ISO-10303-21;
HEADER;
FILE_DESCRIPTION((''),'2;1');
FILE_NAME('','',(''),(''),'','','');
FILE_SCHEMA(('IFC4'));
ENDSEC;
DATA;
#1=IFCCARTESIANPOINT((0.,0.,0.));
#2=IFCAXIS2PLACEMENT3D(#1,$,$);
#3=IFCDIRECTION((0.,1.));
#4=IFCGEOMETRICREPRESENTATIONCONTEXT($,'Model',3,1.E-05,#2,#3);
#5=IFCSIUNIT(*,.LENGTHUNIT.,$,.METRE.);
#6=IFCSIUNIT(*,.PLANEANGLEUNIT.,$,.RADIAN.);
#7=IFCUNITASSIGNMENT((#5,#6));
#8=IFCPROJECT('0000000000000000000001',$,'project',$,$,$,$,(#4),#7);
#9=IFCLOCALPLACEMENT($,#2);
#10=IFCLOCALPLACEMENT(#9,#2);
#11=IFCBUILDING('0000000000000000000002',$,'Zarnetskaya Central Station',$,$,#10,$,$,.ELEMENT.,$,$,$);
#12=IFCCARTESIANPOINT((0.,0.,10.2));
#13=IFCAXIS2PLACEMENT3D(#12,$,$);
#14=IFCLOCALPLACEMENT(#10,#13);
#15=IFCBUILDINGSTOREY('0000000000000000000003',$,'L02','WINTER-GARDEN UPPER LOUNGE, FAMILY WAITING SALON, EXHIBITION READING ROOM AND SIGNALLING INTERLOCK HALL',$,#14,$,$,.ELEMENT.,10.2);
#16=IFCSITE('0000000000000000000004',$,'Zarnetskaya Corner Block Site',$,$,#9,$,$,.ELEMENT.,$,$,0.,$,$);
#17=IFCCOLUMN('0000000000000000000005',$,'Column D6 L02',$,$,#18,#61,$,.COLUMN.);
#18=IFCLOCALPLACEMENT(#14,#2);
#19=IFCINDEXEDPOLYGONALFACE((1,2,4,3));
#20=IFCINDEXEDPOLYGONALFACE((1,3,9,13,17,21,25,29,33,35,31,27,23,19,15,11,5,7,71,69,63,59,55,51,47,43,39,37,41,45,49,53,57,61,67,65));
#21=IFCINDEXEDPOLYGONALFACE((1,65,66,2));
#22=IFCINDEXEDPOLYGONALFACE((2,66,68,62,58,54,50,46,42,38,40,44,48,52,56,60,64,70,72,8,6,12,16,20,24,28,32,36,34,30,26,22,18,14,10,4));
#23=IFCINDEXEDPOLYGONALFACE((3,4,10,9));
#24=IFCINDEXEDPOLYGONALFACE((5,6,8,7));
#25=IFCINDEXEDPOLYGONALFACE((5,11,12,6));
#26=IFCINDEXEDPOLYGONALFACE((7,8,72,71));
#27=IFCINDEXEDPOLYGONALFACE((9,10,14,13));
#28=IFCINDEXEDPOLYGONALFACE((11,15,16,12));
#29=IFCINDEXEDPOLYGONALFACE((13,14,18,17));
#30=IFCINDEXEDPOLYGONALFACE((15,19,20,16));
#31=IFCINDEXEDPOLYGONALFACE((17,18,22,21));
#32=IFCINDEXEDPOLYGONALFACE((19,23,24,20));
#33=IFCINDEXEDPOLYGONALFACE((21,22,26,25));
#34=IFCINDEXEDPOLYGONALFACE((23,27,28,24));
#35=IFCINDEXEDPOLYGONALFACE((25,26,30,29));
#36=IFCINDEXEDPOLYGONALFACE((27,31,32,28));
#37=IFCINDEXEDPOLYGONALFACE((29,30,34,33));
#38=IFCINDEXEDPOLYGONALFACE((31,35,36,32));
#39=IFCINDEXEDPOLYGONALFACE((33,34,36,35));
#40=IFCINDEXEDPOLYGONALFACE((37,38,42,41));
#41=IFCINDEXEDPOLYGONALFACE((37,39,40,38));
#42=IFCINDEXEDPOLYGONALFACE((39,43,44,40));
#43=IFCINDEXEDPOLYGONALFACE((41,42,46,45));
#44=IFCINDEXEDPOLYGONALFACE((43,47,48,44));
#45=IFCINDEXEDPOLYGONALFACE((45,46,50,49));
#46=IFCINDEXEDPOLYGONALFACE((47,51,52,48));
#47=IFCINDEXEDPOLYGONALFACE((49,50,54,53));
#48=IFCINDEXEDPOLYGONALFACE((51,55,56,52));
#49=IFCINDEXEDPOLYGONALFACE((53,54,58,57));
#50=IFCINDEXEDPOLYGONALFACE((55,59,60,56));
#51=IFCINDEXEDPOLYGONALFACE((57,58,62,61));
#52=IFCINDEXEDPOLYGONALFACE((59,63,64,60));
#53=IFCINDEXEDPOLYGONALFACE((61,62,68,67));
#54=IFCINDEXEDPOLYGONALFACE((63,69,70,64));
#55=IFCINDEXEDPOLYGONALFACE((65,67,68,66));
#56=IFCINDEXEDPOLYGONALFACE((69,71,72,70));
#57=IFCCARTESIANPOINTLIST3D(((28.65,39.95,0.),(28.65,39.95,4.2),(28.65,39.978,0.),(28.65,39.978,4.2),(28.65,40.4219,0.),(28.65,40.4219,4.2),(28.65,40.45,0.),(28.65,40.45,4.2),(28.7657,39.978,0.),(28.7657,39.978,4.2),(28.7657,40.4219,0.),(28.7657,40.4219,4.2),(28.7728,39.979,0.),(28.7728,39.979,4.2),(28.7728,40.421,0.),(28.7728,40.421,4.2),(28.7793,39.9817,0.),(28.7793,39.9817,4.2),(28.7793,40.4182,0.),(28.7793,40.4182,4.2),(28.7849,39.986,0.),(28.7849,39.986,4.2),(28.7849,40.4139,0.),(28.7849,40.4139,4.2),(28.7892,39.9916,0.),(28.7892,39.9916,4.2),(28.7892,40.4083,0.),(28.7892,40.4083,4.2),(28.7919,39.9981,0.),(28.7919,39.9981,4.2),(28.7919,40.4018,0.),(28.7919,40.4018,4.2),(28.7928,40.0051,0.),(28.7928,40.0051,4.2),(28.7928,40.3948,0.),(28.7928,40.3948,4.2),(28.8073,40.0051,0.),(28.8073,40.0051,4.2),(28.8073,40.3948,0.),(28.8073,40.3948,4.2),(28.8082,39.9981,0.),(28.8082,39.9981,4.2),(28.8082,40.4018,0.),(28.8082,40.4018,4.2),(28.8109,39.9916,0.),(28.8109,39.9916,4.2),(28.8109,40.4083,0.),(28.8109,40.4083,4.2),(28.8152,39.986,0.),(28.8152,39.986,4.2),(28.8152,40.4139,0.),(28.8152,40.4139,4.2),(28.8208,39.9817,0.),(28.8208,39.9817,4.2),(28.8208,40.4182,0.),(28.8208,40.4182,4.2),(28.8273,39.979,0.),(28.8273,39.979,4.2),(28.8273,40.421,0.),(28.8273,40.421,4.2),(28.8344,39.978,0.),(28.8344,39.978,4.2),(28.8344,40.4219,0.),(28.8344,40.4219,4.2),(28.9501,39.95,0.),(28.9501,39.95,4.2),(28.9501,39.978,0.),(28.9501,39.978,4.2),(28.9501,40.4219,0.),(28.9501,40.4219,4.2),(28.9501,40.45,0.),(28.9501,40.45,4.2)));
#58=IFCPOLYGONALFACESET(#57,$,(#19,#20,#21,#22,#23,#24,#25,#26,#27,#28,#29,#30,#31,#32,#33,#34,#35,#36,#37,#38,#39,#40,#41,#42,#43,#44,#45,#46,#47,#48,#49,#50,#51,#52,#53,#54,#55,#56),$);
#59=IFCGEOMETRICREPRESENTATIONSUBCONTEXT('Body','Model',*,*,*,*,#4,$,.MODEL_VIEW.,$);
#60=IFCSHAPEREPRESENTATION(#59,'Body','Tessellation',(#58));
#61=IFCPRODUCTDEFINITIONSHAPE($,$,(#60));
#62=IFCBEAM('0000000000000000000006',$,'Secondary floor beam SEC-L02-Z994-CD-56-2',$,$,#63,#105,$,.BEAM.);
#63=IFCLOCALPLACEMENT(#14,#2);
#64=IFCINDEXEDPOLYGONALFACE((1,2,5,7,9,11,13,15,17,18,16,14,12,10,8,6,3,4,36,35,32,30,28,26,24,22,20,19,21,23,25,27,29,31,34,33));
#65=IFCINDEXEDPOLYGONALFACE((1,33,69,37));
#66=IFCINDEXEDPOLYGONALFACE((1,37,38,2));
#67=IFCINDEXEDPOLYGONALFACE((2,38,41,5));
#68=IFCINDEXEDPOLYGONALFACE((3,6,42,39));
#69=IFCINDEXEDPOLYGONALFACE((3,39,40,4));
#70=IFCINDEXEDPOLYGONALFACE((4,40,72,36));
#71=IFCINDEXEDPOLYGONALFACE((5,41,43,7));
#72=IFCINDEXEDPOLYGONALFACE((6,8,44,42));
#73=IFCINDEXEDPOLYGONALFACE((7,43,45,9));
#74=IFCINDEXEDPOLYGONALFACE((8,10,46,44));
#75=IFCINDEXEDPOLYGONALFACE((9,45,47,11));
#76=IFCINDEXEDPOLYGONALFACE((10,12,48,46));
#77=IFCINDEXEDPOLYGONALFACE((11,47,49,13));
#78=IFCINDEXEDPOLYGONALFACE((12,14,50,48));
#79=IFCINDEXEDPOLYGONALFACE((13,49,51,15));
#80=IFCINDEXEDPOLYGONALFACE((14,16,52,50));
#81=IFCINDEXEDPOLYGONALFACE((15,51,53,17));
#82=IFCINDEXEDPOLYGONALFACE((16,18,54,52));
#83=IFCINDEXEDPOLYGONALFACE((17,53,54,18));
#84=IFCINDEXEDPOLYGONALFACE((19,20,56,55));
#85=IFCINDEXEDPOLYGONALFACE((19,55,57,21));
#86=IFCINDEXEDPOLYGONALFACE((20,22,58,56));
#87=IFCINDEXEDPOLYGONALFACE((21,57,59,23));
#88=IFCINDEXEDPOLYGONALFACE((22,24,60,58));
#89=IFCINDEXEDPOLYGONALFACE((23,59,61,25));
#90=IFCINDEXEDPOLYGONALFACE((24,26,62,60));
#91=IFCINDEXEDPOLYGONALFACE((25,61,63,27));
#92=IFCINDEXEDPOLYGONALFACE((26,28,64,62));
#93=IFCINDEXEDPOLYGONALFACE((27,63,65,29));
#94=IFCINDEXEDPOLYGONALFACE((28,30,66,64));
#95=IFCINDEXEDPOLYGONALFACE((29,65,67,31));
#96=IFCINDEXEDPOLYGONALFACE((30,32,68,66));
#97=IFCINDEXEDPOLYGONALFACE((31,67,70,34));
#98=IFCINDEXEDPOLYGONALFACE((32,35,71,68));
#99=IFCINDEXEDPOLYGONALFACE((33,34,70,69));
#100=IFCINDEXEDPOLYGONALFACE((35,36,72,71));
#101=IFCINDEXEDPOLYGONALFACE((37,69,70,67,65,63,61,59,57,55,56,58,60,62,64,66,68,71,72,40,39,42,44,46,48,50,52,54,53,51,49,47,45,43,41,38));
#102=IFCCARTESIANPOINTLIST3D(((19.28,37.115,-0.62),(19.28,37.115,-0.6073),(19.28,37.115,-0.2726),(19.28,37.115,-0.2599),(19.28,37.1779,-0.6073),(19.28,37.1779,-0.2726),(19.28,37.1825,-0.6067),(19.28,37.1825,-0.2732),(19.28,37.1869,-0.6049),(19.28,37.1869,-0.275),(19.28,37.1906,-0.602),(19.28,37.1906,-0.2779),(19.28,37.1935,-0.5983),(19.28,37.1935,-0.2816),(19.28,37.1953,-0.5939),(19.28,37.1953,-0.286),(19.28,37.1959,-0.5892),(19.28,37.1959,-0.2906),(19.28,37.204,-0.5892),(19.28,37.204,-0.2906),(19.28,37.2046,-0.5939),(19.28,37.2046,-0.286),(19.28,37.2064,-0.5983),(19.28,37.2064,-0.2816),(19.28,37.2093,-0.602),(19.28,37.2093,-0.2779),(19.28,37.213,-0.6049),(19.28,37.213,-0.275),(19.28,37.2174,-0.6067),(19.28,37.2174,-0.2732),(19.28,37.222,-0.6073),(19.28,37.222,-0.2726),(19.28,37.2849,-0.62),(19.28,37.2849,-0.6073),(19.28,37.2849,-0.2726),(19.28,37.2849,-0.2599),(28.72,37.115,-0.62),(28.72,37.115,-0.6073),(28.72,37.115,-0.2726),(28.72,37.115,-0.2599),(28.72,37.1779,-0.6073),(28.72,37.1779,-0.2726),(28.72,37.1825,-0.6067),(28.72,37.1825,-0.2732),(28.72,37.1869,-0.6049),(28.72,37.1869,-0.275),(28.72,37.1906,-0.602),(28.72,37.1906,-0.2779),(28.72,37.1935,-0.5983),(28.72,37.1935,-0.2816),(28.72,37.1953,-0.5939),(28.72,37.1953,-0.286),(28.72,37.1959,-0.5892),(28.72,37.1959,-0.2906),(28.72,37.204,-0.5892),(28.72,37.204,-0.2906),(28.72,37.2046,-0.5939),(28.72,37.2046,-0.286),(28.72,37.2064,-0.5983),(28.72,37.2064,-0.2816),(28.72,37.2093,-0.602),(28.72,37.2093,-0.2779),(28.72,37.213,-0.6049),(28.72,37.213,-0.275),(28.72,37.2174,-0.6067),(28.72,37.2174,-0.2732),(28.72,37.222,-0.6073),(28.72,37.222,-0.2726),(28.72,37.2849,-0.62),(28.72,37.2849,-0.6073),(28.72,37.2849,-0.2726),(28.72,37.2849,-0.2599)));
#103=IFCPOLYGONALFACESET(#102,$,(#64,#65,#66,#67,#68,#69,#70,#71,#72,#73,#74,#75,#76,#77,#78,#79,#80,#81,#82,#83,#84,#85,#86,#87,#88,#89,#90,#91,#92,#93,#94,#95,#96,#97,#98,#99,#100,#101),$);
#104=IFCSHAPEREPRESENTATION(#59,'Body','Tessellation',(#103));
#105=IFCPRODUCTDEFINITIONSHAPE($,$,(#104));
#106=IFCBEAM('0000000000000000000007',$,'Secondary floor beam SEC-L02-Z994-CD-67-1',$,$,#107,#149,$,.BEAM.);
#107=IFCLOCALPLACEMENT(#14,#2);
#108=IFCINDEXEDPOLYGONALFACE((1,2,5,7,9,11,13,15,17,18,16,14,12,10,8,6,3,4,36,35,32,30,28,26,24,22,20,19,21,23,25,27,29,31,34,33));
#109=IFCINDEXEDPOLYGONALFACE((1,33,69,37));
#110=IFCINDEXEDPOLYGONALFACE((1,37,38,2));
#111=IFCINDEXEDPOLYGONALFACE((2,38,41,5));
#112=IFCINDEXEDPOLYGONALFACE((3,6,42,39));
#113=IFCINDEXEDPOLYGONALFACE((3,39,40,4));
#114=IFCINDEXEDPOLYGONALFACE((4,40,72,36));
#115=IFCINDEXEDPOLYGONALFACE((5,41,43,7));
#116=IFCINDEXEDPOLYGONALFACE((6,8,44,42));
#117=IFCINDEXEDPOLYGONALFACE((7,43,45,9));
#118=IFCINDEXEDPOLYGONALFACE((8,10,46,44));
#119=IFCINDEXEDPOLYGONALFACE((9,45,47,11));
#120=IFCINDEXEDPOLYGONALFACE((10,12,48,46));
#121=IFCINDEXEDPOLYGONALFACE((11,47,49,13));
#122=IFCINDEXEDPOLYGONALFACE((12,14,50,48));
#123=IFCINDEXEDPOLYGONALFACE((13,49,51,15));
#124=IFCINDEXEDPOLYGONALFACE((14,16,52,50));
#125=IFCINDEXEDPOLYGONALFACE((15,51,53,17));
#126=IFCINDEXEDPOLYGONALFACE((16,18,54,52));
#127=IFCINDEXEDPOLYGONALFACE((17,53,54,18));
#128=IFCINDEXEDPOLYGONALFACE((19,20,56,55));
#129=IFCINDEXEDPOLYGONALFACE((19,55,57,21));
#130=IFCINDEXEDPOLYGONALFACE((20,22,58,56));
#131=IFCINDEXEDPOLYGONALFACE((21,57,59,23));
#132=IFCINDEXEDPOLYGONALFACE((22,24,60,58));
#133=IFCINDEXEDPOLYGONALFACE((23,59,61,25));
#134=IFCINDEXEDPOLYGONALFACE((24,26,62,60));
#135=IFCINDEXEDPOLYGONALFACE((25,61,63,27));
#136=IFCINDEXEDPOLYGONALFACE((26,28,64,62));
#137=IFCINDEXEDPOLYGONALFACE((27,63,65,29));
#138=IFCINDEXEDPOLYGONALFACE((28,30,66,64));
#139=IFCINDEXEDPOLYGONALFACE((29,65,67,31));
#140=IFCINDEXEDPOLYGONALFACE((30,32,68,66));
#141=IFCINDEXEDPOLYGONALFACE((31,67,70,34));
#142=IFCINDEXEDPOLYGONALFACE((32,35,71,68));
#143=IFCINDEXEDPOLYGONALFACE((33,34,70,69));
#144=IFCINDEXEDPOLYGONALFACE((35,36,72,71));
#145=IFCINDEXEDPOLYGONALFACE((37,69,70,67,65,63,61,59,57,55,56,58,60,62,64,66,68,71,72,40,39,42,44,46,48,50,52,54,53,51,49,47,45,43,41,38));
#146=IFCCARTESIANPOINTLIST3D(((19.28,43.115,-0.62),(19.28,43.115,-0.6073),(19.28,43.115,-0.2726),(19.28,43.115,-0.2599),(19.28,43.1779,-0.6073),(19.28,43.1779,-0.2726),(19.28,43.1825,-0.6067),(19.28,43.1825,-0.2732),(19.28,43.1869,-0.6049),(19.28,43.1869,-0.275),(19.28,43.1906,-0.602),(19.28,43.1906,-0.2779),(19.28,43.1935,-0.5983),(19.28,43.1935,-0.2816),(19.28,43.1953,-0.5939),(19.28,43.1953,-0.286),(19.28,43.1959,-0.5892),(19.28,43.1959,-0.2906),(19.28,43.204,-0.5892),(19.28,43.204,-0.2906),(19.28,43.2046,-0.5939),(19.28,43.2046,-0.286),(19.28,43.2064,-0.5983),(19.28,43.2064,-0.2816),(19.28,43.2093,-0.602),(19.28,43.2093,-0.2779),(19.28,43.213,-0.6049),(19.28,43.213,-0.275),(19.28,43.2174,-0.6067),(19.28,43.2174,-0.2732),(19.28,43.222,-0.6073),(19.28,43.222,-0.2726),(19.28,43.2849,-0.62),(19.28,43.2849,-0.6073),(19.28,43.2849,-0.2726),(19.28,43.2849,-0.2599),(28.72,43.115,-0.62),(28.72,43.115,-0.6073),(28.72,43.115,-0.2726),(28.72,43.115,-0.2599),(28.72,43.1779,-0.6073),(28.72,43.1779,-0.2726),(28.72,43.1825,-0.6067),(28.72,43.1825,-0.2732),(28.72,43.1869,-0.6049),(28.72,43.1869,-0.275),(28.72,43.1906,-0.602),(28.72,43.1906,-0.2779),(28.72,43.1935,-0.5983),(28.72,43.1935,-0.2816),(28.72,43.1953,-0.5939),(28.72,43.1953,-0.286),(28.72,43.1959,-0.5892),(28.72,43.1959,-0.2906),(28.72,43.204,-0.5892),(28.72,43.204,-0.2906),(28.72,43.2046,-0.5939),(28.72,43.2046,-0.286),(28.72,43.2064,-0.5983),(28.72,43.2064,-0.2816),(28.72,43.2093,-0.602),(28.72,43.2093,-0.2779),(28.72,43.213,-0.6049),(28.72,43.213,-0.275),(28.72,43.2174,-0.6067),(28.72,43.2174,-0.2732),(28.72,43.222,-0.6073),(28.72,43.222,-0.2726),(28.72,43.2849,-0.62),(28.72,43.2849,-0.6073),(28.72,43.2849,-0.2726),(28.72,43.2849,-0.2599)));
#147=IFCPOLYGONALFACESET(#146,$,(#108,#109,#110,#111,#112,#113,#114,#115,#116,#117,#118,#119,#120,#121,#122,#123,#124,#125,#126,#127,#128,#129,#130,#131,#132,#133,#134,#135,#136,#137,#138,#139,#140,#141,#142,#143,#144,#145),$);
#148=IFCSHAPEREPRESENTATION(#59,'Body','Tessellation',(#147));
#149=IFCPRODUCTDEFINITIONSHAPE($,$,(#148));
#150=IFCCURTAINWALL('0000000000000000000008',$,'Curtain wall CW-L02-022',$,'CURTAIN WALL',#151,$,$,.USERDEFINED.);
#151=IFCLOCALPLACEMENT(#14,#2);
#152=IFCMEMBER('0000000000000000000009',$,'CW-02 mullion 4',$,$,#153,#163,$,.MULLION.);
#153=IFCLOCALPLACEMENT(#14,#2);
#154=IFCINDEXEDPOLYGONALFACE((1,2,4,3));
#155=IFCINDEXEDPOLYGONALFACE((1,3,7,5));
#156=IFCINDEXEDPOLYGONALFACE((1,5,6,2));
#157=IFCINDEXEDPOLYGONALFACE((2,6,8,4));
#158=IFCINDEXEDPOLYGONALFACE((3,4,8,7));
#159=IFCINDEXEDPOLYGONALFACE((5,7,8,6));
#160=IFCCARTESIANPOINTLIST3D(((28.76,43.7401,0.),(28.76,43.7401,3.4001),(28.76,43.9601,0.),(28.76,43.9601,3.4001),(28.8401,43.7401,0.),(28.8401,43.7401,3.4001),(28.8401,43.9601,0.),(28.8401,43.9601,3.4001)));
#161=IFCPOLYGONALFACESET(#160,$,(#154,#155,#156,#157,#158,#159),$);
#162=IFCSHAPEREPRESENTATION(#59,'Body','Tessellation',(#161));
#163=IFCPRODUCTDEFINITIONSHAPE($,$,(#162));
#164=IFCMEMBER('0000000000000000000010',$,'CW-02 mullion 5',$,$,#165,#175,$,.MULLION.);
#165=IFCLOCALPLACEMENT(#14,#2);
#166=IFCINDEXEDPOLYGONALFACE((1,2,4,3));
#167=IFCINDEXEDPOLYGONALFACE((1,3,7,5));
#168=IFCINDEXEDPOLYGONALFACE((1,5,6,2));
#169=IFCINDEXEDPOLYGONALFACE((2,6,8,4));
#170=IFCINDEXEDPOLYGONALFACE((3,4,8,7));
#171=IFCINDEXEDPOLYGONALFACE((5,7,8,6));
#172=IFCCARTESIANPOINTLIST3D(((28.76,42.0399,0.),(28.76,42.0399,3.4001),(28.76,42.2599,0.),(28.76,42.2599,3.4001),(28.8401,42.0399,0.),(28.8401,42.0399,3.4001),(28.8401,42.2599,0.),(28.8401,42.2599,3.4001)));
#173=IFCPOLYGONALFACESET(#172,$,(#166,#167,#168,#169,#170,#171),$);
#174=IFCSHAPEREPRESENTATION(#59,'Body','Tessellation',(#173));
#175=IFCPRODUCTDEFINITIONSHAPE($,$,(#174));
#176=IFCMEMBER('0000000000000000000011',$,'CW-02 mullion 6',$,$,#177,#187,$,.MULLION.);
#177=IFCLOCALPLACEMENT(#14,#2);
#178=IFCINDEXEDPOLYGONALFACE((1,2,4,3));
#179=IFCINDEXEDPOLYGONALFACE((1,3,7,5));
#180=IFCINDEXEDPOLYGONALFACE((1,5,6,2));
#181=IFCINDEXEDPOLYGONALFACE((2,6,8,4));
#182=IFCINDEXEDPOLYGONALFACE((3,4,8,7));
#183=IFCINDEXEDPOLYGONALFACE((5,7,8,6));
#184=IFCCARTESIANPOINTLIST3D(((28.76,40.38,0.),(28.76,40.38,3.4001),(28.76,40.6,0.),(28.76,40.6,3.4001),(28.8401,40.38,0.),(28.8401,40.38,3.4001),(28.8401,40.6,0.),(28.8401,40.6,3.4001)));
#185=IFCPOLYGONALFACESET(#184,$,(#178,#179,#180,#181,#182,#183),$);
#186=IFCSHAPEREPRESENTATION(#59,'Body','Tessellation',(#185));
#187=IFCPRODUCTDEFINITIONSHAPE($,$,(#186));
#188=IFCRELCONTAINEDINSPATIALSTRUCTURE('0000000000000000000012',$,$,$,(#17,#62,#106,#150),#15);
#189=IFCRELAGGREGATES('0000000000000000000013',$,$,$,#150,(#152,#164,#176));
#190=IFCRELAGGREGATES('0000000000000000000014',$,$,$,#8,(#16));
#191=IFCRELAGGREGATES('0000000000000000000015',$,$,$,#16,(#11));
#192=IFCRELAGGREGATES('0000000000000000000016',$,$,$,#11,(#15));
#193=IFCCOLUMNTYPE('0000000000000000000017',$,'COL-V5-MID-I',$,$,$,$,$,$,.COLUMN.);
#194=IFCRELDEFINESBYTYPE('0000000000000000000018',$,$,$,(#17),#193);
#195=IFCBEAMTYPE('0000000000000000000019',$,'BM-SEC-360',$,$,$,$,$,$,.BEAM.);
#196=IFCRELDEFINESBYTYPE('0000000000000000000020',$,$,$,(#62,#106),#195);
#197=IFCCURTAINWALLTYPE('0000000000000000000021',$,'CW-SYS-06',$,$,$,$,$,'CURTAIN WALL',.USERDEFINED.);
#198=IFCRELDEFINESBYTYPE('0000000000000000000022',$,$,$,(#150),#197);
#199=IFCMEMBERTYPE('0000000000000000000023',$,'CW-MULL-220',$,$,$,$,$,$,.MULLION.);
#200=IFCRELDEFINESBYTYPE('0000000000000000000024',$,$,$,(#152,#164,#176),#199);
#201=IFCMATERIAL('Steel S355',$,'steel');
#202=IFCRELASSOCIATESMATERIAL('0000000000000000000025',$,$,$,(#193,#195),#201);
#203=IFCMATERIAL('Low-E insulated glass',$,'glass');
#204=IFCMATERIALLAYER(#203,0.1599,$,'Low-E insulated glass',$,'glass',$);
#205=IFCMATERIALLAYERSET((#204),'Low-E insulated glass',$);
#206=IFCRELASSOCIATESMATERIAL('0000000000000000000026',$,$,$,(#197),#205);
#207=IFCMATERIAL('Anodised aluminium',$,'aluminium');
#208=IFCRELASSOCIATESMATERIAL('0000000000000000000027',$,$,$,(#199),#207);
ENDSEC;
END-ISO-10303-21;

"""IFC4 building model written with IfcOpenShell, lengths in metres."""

from ifc_helpers import new_model, si_unit, direction, frame, origin, origin_2d, place, context, subcontext, project, spatial, rectangle, i_section, extrude, material, layer, layer_set, material_profile, profile_set, type_object, element, aggregate, save


model = new_model("IFC4")

# Units and contexts
model_context = context("Model", 3, precision=1e-05, world=origin(), true_north=direction((0.0, 1.0)))
body_context = subcontext(model_context, "Body", "Model", "MODEL_VIEW")
ifc_project = project(units=[si_unit("LENGTHUNIT", "METRE"), si_unit("PLANEANGLEUNIT", "RADIAN")], contexts=[model_context])

# Site, building, storey
site_placement = place(None, origin())
site = spatial("IfcSite", under=ifc_project, at=site_placement, Name="Zarnetskaya Corner Block Site", CompositionType="ELEMENT", RefElevation=0.0)
building_placement = place(site_placement, origin())
building = spatial("IfcBuilding", under=site, at=building_placement, Name="Zarnetskaya Central Station", CompositionType="ELEMENT")
storey_placement = place(building_placement, frame((0.0, 0.0, 10.2)))
storey = spatial("IfcBuildingStorey", under=building, at=storey_placement, Name="L02", Description="WINTER-GARDEN UPPER LOUNGE, FAMILY WAITING SALON, EXHIBITION READING ROOM AND SIGNALLING INTERLOCK HALL", CompositionType="ELEMENT", Elevation=10.2)

# Column
ifc_material_1 = material(Name="Steel S355", Category="steel")
ifc_material_profile_1 = material_profile(ifc_material_1, i_section(OverallWidth=0.3, OverallDepth=0.5, WebThickness=0.0144, FlangeThickness=0.0281, FilletRadius=0.0271, at=origin_2d()), Name="HEB 500")
ifc_profile_set_1 = profile_set([ifc_material_profile_1], Name="Steel S355")
column_type = type_object("IfcColumnType", Name="COL-V5-MID-I", PredefinedType="COLUMN", material=ifc_profile_set_1)
column_placement = place(storey_placement, frame((28.8, 40.2, 0.0), z_axis=(0.0, 0.0, 1.0), x_axis=(1.0, 0.0, 0.0)))
element("IfcColumn", 1, at=column_placement, inside=storey, type_object=column_type, Name="Column D6 L02", PredefinedType="COLUMN", context=body_context, shape_type="SweptSolid", body=[
    extrude(i_section(OverallWidth=0.3, OverallDepth=0.5, WebThickness=0.0144, FlangeThickness=0.0281, FilletRadius=0.0271, at=origin_2d()), origin(), (0.0, 0.0, 1.0), 4.2),
])

# Beams
ifc_material_profile_2 = material_profile(ifc_material_1, i_section(OverallWidth=0.1699, OverallDepth=0.3601, WebThickness=0.0081, FlangeThickness=0.0127, FilletRadius=0.0181, at=origin_2d()), Name="IPE 360")
ifc_profile_set_2 = profile_set([ifc_material_profile_2], Name="Steel S355")
beam_type_1 = type_object("IfcBeamType", Name="BM-SEC-360", PredefinedType="BEAM", material=ifc_profile_set_2)
for number, where, z_axis, x_axis, name in (
    (2, (19.28, 37.2, -0.4399), (1.0, 0.0, 0.0), (0.0, 1.0, 0.0), "Secondary floor beam SEC-L02-Z994-CD-56-2"),
    (3, (19.28, 43.2, -0.4399), (1.0, 0.0, 0.0), (0.0, 1.0, 0.0), "Secondary floor beam SEC-L02-Z994-CD-67-1"),
):
    element("IfcBeam", number, at=place(storey_placement, frame(where, z_axis=z_axis, x_axis=x_axis)), inside=storey, type_object=beam_type_1, Name=name, PredefinedType="BEAM", context=body_context, shape_type="SweptSolid", body=[
        extrude(i_section(OverallWidth=0.1699, OverallDepth=0.3601, WebThickness=0.0081, FlangeThickness=0.0127, FilletRadius=0.0181, at=origin_2d()), origin(), (0.0, 0.0, 1.0), 9.4399),
    ])

# Curtain wall, members
ifc_material_2 = material(Name="Low-E insulated glass", Category="glass")
ifc_layer_1 = layer(ifc_material_2, 0.1599, Name="Low-E insulated glass", Category="glass")
ifc_layer_set_1 = layer_set([ifc_layer_1], Name="Low-E insulated glass")
curtain_wall_type = type_object("IfcCurtainWallType", Name="CW-SYS-06", ElementType="CURTAIN WALL", PredefinedType="USERDEFINED", material=ifc_layer_set_1)
curtain_wall_placement = place(storey_placement, origin())
curtain_wall = element("IfcCurtainWall", 4, at=curtain_wall_placement, inside=storey, type_object=curtain_wall_type, Name="Curtain wall CW-L02-022", ObjectType="CURTAIN WALL", PredefinedType="USERDEFINED")
ifc_material_3 = material(Name="Anodised aluminium", Category="aluminium")
ifc_material_profile_3 = material_profile(ifc_material_3, rectangle(XDim=0.0801, YDim=0.22, at=origin_2d()), Name="ALU MULL 80x220")
ifc_profile_set_3 = profile_set([ifc_material_profile_3], Name="Anodised aluminium")
member_type_1 = type_object("IfcMemberType", Name="CW-MULL-220", PredefinedType="MULLION", material=ifc_profile_set_3)
member_1_placement = place(storey_placement, frame((28.8, 43.8501, 0.0), z_axis=(0.0, 0.0, 1.0), x_axis=(1.0, 0.0, 0.0)))
member_1 = element("IfcMember", 5, at=member_1_placement, type_object=member_type_1, Name="CW-02 mullion 4", PredefinedType="MULLION", context=body_context, shape_type="SweptSolid", body=[
    extrude(rectangle(XDim=0.0801, YDim=0.22, at=origin_2d()), origin(), (0.0, 0.0, 1.0), 3.4001),
])
member_2_placement = place(storey_placement, frame((28.8, 42.1499, 0.0), z_axis=(0.0, 0.0, 1.0), x_axis=(1.0, 0.0, 0.0)))
member_2 = element("IfcMember", 6, at=member_2_placement, type_object=member_type_1, Name="CW-02 mullion 5", PredefinedType="MULLION", context=body_context, shape_type="SweptSolid", body=[
    extrude(rectangle(XDim=0.0801, YDim=0.22, at=origin_2d()), origin(), (0.0, 0.0, 1.0), 3.4001),
])
member_3_placement = place(storey_placement, frame((28.8, 40.49, 0.0), z_axis=(0.0, 0.0, 1.0), x_axis=(1.0, 0.0, 0.0)))
member_3 = element("IfcMember", 7, at=member_3_placement, type_object=member_type_1, Name="CW-02 mullion 6", PredefinedType="MULLION", context=body_context, shape_type="SweptSolid", body=[
    extrude(rectangle(XDim=0.0801, YDim=0.22, at=origin_2d()), origin(), (0.0, 0.0, 1.0), 3.4001),
])

aggregate(curtain_wall, [member_1, member_2, member_3])

save(model, "model.ifc")
